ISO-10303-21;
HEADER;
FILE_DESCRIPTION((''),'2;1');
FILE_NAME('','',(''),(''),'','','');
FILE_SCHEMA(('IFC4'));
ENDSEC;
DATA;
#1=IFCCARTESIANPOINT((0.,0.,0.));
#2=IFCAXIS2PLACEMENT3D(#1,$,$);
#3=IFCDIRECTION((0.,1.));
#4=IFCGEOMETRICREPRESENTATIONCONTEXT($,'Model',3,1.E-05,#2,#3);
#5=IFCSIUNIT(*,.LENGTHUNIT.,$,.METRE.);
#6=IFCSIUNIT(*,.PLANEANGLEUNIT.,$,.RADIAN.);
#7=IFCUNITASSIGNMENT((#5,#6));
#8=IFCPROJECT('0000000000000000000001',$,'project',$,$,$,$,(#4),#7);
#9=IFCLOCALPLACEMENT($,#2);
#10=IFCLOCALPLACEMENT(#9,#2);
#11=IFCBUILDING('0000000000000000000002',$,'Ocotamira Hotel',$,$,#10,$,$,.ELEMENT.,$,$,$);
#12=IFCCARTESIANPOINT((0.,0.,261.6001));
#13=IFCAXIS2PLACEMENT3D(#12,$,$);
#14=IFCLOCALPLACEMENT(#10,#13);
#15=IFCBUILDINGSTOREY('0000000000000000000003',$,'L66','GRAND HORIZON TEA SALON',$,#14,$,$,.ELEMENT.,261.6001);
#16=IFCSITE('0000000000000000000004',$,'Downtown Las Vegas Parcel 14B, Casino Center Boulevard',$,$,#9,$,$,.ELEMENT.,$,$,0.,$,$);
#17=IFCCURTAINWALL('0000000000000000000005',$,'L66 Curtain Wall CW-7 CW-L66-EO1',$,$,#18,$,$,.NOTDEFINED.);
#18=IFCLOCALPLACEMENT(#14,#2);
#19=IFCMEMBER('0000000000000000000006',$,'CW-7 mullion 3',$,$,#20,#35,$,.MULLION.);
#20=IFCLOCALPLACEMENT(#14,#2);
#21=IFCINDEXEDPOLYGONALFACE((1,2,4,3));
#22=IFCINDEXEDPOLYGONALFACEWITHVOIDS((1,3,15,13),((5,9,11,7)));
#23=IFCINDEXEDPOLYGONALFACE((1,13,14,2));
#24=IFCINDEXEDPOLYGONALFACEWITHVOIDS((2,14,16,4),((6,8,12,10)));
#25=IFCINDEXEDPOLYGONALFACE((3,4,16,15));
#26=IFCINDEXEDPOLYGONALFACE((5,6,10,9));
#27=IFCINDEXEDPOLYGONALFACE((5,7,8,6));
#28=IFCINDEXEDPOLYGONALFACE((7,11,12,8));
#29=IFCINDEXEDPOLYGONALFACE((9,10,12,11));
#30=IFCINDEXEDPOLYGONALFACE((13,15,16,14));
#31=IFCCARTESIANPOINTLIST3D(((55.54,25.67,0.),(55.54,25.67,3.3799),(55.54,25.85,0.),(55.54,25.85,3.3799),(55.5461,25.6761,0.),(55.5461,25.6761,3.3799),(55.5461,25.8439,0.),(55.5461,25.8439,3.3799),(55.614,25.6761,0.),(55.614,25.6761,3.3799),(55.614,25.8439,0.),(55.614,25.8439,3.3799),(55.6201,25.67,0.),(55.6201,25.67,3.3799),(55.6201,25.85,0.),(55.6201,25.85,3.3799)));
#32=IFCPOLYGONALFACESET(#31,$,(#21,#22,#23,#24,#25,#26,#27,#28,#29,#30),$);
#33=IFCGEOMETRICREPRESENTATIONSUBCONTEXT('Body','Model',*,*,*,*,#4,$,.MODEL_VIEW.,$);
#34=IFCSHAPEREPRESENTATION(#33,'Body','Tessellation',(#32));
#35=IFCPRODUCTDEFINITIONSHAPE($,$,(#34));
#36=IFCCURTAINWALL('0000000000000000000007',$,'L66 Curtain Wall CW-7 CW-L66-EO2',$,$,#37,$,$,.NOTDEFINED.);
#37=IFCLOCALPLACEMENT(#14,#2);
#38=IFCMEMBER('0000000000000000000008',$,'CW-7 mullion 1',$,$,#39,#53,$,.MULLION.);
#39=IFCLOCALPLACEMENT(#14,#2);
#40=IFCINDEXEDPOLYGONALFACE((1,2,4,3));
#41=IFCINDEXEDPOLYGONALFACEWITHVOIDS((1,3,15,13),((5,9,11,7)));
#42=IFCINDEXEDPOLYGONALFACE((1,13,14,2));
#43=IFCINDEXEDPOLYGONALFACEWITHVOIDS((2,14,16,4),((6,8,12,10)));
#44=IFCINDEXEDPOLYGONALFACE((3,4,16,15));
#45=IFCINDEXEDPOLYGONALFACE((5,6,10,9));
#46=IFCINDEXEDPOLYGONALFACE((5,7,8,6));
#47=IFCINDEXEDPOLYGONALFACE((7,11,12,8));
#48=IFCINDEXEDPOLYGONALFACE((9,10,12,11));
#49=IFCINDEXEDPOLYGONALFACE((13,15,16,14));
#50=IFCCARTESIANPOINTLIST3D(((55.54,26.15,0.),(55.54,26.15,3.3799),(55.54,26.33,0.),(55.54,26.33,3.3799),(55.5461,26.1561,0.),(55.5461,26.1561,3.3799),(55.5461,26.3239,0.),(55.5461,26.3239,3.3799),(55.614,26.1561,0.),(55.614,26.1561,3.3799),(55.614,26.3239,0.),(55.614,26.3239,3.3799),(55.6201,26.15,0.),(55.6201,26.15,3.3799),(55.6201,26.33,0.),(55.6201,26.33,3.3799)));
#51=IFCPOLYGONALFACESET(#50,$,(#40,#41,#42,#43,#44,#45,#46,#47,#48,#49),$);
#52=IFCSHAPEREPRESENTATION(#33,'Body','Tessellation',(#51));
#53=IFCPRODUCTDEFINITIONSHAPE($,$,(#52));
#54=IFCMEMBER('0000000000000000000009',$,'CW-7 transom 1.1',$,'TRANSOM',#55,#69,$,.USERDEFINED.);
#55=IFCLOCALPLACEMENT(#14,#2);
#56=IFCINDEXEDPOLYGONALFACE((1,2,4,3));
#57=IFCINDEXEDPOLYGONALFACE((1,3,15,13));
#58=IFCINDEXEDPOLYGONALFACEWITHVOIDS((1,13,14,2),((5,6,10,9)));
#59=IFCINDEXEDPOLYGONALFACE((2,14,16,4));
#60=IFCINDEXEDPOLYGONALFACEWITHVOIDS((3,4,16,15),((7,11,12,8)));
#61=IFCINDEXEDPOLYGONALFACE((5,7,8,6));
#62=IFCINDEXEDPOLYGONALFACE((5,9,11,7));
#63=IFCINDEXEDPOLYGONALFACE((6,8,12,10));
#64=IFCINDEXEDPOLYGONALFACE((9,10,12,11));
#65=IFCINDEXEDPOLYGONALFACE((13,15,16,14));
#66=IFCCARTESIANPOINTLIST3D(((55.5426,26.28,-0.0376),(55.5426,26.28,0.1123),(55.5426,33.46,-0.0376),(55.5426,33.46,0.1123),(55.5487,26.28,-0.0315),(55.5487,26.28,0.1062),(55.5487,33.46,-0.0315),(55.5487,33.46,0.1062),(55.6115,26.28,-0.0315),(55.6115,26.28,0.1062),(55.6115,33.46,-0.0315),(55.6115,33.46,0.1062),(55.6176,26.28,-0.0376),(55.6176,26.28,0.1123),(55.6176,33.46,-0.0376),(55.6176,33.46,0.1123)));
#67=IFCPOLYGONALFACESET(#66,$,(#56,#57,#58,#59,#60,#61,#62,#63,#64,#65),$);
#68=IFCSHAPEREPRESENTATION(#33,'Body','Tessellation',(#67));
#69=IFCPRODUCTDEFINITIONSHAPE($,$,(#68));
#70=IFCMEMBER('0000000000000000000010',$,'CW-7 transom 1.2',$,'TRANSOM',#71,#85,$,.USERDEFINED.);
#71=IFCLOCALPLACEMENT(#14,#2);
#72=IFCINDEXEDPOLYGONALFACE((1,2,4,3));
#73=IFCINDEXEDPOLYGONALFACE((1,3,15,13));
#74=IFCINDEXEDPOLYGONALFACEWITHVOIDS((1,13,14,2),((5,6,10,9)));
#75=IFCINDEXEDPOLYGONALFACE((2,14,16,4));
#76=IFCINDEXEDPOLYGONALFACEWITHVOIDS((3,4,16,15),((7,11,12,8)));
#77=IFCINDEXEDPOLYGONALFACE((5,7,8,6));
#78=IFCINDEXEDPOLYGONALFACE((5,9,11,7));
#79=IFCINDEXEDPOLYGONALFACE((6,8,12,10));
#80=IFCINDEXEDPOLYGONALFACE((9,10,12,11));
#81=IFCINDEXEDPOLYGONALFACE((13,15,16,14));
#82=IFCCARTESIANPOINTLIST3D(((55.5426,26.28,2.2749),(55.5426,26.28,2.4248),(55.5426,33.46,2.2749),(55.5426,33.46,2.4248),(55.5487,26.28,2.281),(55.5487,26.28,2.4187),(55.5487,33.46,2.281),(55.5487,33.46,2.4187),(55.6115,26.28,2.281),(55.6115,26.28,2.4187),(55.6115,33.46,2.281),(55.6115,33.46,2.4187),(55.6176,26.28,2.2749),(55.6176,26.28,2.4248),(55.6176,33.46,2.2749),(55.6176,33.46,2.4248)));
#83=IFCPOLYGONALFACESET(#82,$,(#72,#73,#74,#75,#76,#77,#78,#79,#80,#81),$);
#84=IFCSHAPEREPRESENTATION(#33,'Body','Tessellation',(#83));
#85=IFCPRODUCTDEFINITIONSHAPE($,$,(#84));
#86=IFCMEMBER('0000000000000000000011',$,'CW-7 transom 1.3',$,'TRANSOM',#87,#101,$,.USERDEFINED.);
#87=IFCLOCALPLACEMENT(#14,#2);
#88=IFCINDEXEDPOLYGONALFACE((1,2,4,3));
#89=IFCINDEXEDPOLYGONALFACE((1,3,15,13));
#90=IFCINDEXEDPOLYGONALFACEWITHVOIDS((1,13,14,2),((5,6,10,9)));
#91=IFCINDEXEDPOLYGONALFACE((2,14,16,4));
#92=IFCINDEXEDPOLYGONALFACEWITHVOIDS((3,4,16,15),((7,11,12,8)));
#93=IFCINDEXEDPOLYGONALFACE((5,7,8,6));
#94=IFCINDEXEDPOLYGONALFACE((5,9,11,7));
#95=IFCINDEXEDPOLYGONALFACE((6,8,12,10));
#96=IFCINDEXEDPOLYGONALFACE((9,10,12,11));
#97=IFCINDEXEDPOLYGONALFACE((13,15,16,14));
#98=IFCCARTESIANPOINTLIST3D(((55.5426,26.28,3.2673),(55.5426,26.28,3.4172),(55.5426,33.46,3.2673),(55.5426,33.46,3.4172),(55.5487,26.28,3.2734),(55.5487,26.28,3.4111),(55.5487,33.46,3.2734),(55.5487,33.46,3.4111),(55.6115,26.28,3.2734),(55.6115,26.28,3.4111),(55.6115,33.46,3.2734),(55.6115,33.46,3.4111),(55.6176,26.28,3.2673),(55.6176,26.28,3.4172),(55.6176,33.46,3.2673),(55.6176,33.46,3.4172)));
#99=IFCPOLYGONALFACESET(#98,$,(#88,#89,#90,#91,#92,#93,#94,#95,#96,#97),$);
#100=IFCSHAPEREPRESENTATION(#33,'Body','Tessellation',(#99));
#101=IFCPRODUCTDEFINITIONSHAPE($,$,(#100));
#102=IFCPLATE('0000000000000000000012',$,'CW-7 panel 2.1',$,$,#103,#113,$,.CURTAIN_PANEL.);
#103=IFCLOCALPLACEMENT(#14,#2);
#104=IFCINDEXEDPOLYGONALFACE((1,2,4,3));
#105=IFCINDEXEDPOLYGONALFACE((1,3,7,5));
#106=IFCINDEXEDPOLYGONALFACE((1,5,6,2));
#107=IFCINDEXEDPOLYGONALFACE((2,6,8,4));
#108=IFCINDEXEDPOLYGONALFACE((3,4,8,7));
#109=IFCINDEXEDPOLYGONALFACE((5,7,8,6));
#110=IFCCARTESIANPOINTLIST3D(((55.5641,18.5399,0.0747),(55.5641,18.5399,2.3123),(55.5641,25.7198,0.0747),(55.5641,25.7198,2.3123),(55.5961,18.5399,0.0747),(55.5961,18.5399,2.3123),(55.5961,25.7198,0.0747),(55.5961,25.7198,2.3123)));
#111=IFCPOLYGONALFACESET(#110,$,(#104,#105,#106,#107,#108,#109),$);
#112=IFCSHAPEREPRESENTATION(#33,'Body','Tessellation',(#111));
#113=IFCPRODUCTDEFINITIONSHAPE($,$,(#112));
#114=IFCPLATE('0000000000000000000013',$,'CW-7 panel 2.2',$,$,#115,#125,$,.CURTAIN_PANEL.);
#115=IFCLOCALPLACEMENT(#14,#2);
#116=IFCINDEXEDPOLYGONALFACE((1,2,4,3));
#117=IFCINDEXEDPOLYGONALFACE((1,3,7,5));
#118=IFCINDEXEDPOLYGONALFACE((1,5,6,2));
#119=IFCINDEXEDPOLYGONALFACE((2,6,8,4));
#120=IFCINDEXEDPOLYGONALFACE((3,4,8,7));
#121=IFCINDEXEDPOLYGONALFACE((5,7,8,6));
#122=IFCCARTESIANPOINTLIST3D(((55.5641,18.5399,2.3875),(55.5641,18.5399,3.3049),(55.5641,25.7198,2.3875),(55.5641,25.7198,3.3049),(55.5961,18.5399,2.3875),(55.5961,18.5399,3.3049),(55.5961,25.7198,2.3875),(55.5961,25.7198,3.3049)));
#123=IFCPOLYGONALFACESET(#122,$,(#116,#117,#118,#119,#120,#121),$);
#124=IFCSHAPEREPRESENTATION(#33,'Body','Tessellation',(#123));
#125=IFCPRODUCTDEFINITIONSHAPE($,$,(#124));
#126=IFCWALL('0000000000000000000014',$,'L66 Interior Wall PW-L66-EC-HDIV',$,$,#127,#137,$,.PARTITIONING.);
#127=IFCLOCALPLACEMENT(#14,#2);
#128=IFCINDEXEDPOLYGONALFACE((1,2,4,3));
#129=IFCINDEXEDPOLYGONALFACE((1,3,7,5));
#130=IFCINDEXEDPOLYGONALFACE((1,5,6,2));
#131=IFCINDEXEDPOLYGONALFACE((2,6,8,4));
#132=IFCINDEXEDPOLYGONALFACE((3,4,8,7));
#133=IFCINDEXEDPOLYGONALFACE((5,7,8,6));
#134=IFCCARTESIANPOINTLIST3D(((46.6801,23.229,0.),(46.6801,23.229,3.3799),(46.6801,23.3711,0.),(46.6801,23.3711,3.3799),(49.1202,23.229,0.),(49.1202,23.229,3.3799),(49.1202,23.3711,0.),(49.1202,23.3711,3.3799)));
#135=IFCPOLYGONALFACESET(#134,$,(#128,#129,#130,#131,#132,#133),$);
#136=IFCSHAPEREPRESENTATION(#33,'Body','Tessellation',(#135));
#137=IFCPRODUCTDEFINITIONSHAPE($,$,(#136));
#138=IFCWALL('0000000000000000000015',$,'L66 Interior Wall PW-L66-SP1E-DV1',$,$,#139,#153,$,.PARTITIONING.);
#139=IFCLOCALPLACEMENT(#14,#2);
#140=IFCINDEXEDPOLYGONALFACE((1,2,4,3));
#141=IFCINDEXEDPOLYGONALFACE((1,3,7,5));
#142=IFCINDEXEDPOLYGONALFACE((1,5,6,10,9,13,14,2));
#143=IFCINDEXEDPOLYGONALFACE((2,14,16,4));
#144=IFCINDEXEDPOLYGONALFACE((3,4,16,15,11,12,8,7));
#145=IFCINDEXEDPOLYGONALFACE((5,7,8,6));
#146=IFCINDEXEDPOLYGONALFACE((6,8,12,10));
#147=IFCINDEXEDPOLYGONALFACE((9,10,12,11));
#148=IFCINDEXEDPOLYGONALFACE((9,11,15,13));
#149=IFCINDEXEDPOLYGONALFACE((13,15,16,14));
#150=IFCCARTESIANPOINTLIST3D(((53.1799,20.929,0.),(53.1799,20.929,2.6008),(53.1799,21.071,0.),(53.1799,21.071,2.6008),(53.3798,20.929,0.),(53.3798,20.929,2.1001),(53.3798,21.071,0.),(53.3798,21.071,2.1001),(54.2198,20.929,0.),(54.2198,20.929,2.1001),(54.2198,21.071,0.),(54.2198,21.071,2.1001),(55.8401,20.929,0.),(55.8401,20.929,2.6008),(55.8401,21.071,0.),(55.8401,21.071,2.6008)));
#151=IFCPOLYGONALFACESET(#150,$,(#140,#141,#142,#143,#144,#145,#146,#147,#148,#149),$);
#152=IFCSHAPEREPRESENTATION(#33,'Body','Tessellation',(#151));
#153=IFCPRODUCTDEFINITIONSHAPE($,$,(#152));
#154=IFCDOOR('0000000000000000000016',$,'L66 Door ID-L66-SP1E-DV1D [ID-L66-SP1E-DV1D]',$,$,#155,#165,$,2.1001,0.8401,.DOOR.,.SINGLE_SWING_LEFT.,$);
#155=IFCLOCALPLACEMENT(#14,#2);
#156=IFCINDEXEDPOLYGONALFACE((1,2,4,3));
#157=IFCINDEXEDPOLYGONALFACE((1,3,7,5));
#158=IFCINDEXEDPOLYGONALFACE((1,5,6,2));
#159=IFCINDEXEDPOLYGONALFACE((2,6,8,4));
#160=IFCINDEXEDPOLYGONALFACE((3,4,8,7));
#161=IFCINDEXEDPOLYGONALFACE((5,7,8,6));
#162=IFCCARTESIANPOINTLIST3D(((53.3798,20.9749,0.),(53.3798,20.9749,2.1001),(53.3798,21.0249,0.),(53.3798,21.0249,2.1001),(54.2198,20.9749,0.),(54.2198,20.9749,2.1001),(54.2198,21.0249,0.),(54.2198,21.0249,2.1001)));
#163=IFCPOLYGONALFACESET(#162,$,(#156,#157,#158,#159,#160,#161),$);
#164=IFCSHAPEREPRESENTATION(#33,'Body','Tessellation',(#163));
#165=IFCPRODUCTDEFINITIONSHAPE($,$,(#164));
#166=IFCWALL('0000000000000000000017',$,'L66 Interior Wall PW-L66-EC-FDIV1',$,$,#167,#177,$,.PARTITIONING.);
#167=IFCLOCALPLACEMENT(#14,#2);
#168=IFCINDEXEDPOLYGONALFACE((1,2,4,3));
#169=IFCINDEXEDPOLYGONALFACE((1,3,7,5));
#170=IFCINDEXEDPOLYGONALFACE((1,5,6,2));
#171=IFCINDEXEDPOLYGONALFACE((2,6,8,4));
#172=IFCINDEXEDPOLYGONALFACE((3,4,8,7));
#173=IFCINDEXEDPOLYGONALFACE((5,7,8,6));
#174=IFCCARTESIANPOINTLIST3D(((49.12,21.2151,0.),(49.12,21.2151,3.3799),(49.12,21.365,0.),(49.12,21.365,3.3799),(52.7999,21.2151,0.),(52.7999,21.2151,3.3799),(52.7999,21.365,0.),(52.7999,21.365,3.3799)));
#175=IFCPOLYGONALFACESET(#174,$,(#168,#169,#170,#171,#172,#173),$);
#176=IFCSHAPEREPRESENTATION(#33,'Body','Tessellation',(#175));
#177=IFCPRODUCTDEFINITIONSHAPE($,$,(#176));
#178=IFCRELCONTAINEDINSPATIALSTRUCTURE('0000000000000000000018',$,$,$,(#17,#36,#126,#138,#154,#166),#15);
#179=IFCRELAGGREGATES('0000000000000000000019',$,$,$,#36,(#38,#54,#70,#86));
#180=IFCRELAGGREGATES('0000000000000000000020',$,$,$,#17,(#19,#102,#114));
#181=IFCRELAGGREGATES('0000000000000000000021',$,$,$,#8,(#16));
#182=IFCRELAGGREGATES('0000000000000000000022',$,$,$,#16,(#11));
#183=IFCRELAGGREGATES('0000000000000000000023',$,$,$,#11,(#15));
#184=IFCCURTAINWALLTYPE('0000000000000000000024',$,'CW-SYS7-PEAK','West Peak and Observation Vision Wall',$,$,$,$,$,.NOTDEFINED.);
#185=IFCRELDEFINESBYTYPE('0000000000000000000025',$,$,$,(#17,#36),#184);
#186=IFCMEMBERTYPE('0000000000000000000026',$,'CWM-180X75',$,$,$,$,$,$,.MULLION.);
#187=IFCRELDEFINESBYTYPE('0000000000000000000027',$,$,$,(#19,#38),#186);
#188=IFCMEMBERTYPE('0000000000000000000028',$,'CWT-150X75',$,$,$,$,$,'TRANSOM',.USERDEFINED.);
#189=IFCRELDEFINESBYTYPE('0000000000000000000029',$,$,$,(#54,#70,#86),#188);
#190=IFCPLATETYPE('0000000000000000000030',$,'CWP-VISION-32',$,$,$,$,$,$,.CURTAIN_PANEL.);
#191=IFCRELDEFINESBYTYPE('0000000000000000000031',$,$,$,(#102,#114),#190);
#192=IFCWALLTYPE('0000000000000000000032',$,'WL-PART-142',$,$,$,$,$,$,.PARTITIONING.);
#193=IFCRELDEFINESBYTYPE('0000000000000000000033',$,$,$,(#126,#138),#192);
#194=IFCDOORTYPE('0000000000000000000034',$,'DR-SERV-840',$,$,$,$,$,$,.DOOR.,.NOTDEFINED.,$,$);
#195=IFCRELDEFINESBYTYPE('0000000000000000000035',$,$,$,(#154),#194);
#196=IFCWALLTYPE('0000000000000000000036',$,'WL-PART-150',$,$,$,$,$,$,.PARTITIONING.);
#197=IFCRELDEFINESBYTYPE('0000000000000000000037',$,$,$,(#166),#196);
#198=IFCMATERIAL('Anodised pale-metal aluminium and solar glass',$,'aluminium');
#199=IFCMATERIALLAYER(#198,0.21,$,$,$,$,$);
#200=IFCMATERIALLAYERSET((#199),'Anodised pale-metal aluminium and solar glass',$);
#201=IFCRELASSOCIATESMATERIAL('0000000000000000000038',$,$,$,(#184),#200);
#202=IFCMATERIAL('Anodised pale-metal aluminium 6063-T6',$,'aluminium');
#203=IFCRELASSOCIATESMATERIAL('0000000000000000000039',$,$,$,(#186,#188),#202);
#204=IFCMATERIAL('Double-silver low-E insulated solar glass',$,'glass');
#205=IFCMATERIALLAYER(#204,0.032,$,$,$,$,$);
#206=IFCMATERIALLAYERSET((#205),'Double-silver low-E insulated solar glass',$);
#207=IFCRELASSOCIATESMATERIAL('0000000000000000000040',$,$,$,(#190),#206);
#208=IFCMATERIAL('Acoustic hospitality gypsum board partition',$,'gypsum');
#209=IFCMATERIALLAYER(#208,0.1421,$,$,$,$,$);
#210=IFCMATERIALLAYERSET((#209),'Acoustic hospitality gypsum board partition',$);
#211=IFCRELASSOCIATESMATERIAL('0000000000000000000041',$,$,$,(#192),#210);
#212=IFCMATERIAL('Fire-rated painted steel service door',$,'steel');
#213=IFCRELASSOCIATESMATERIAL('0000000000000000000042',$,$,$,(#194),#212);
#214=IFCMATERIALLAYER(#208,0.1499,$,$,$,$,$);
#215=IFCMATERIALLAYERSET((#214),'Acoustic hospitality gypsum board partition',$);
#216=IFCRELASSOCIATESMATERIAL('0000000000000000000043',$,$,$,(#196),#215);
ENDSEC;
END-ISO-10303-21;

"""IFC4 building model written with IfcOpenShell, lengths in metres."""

from ifc_helpers import new_model, si_unit, direction, frame, frame_2d, origin, origin_2d, place, context, subcontext, project, spatial, rectangle, hollow_rectangle, extrude, source, transform, mapped, material, layer, layer_set, material_profile, profile_set, type_object, element, fill, aggregate, save


model = new_model("IFC4")

# Units and contexts
model_context = context("Model", 3, precision=1e-05, world=origin(), true_north=direction((0.0, 1.0)))
body_context = subcontext(model_context, "Body", "Model", "MODEL_VIEW")
ifc_project = project(units=[si_unit("LENGTHUNIT", "METRE"), si_unit("PLANEANGLEUNIT", "RADIAN")], contexts=[model_context])

# Site, building, storey
site_placement = place(None, origin())
site = spatial("IfcSite", under=ifc_project, at=site_placement, Name="Downtown Las Vegas Parcel 14B, Casino Center Boulevard", CompositionType="ELEMENT", RefElevation=0.0)
building_placement = place(site_placement, origin())
building = spatial("IfcBuilding", under=site, at=building_placement, Name="Ocotamira Hotel", CompositionType="ELEMENT")
storey_placement = place(building_placement, frame((0.0, 0.0, 261.6001)))
storey = spatial("IfcBuildingStorey", under=building, at=storey_placement, Name="L66", Description="GRAND HORIZON TEA SALON", CompositionType="ELEMENT", Elevation=261.6001)

# Curtain wall, member
ifc_material_1 = material(Name="Anodised pale-metal aluminium and solar glass", Category="aluminium")
ifc_layer_1 = layer(ifc_material_1, 0.21)
ifc_layer_set_1 = layer_set([ifc_layer_1], Name="Anodised pale-metal aluminium and solar glass")
curtain_wall_type = type_object("IfcCurtainWallType", Name="CW-SYS7-PEAK", Description="West Peak and Observation Vision Wall", PredefinedType="NOTDEFINED", material=ifc_layer_set_1)
curtain_wall_1_placement = place(storey_placement, origin())
curtain_wall_1 = element("IfcCurtainWall", 1, at=curtain_wall_1_placement, inside=storey, type_object=curtain_wall_type, Name="L66 Curtain Wall CW-7 CW-L66-EO1", PredefinedType="NOTDEFINED")
ifc_material_2 = material(Name="Anodised pale-metal aluminium 6063-T6", Category="aluminium")
ifc_material_profile_1 = material_profile(ifc_material_2, hollow_rectangle(XDim=0.0801, YDim=0.1799, WallThickness=0.0061, at=origin_2d()), Name="HSS180X80X6")
ifc_profile_set_1 = profile_set([ifc_material_profile_1], Name="Anodised pale-metal aluminium 6063-T6")
member_type_1 = type_object("IfcMemberType", Name="CWM-180X75", PredefinedType="MULLION", material=ifc_profile_set_1)
shared_shape_1 = source(origin(), body_context, "Body", "SweptSolid", [
    extrude(hollow_rectangle(XDim=0.0801, YDim=0.1799, WallThickness=0.0061, at=origin_2d()), origin(), (0.0, 0.0, 1.0), 3.3799),
])
member_1_placement = place(storey_placement, frame((55.5801, 25.76, 0.0), z_axis=(0.0, 0.0, 1.0), x_axis=(-1.0, 0.0, 0.0)))
member_1 = element("IfcMember", 2, at=member_1_placement, type_object=member_type_1, Name="CW-7 mullion 3", PredefinedType="MULLION", context=body_context, shape_type="MappedRepresentation", body=[
    mapped(shared_shape_1, transform((0.0, 0.0, 0.0), scale=1.0)),
])

# Curtain wall, members
curtain_wall_2_placement = place(storey_placement, origin())
curtain_wall_2 = element("IfcCurtainWall", 3, at=curtain_wall_2_placement, inside=storey, type_object=curtain_wall_type, Name="L66 Curtain Wall CW-7 CW-L66-EO2", PredefinedType="NOTDEFINED")
member_2_placement = place(storey_placement, frame((55.5801, 26.24, 0.0), z_axis=(0.0, 0.0, 1.0), x_axis=(-1.0, 0.0, 0.0)))
member_2 = element("IfcMember", 4, at=member_2_placement, type_object=member_type_1, Name="CW-7 mullion 1", PredefinedType="MULLION", context=body_context, shape_type="MappedRepresentation", body=[
    mapped(shared_shape_1, transform((0.0, 0.0, 0.0), scale=1.0)),
])
ifc_material_profile_2 = material_profile(ifc_material_2, hollow_rectangle(XDim=0.075, YDim=0.1499, WallThickness=0.0061, at=origin_2d()), Name="HSS150X75X6")
ifc_profile_set_2 = profile_set([ifc_material_profile_2], Name="Anodised pale-metal aluminium 6063-T6")
member_type_2 = type_object("IfcMemberType", Name="CWT-150X75", ElementType="TRANSOM", PredefinedType="USERDEFINED", material=ifc_profile_set_2)
shared_shape_2 = source(origin(), body_context, "Body", "SweptSolid", [
    extrude(hollow_rectangle(XDim=0.075, YDim=0.1499, WallThickness=0.0061, at=origin_2d()), origin(), (0.0, 0.0, 1.0), 7.1799),
])
member_3_placement = place(storey_placement, frame((55.5801, 26.28, 0.0374), z_axis=(0.0, 1.0, 0.0), x_axis=(-1.0, 0.0, 0.0)))
member_3 = element("IfcMember", 5, at=member_3_placement, type_object=member_type_2, Name="CW-7 transom 1.1", ObjectType="TRANSOM", PredefinedType="USERDEFINED", context=body_context, shape_type="MappedRepresentation", body=[
    mapped(shared_shape_2, transform((0.0, 0.0, 0.0), scale=1.0)),
])
member_4_placement = place(storey_placement, frame((55.5801, 26.28, 2.3499), z_axis=(0.0, 1.0, 0.0), x_axis=(-1.0, 0.0, 0.0)))
member_4 = element("IfcMember", 6, at=member_4_placement, type_object=member_type_2, Name="CW-7 transom 1.2", ObjectType="TRANSOM", PredefinedType="USERDEFINED", context=body_context, shape_type="MappedRepresentation", body=[
    mapped(shared_shape_2, transform((0.0, 0.0, 0.0), scale=1.0)),
])
member_5_placement = place(storey_placement, frame((55.5801, 26.28, 3.3423), z_axis=(0.0, 1.0, 0.0), x_axis=(-1.0, 0.0, 0.0)))
member_5 = element("IfcMember", 7, at=member_5_placement, type_object=member_type_2, Name="CW-7 transom 1.3", ObjectType="TRANSOM", PredefinedType="USERDEFINED", context=body_context, shape_type="MappedRepresentation", body=[
    mapped(shared_shape_2, transform((0.0, 0.0, 0.0), scale=1.0)),
])
aggregate(curtain_wall_2, [member_2, member_3, member_4, member_5])

# Plates
ifc_material_3 = material(Name="Double-silver low-E insulated solar glass", Category="glass")
ifc_layer_2 = layer(ifc_material_3, 0.032)
ifc_layer_set_2 = layer_set([ifc_layer_2], Name="Double-silver low-E insulated solar glass")
plate_type = type_object("IfcPlateType", Name="CWP-VISION-32", PredefinedType="CURTAIN_PANEL", material=ifc_layer_set_2)
shared_shape_3 = source(origin(), body_context, "Body", "SweptSolid", [
    extrude(rectangle(XDim=7.1799, YDim=0.032, at=origin_2d()), origin(), (0.0, 0.0, 1.0), 2.2375),
])
plate_1_placement = place(storey_placement, frame((55.5801, 22.1299, 0.0747), z_axis=(0.0, 0.0, 1.0), x_axis=(0.0, 1.0, 0.0)))
plate_1 = element("IfcPlate", 8, at=plate_1_placement, type_object=plate_type, Name="CW-7 panel 2.1", PredefinedType="CURTAIN_PANEL", context=body_context, shape_type="MappedRepresentation", body=[
    mapped(shared_shape_3, transform((0.0, 0.0, 0.0), scale=1.0)),
])
shared_shape_4 = source(origin(), body_context, "Body", "SweptSolid", [
    extrude(rectangle(XDim=7.1799, YDim=0.032, at=origin_2d()), origin(), (0.0, 0.0, 1.0), 0.9175),
])
plate_2_placement = place(storey_placement, frame((55.5801, 22.1299, 2.3875), z_axis=(0.0, 0.0, 1.0), x_axis=(0.0, 1.0, 0.0)))
plate_2 = element("IfcPlate", 9, at=plate_2_placement, type_object=plate_type, Name="CW-7 panel 2.2", PredefinedType="CURTAIN_PANEL", context=body_context, shape_type="MappedRepresentation", body=[
    mapped(shared_shape_4, transform((0.0, 0.0, 0.0), scale=1.0)),
])
aggregate(curtain_wall_1, [member_1, plate_1, plate_2])

# Wall
ifc_material_4 = material(Name="Acoustic hospitality gypsum board partition", Category="gypsum")
ifc_layer_3 = layer(ifc_material_4, 0.1421)
ifc_layer_set_3 = layer_set([ifc_layer_3], Name="Acoustic hospitality gypsum board partition")
wall_type_1 = type_object("IfcWallType", Name="WL-PART-142", PredefinedType="PARTITIONING", material=ifc_layer_set_3)
wall_1_placement = place(storey_placement, frame((46.6799, 23.3, 0.0), z_axis=(0.0, 0.0, 1.0), x_axis=(1.0, 0.0, 0.0)))
element("IfcWall", 10, at=wall_1_placement, inside=storey, type_object=wall_type_1, Name="L66 Interior Wall PW-L66-EC-HDIV", PredefinedType="PARTITIONING", context=body_context, shape_type="SweptSolid", body=[
    extrude(rectangle(XDim=2.4402, YDim=0.1421, at=frame_2d((1.2202, 0.0))), origin(), (0.0, 0.0, 1.0), 3.3799),
])

# Wall, opening, door
wall_2_placement = place(storey_placement, frame((53.1799, 21.0, 0.0), z_axis=(0.0, 0.0, 1.0), x_axis=(1.0, 0.0, 0.0)))
wall_2 = element("IfcWall", 11, at=wall_2_placement, inside=storey, type_object=wall_type_1, Name="L66 Interior Wall PW-L66-SP1E-DV1", PredefinedType="PARTITIONING", context=body_context, shape_type="SweptSolid", body=[
    extrude(rectangle(XDim=2.6602, YDim=0.1421, at=frame_2d((1.3301, 0.0))), origin(), (0.0, 0.0, 1.0), 2.6008),
])
opening_placement = place(wall_2_placement, frame((0.2, 0.0, 0.0)))
opening = element("IfcOpeningElement", 12, at=opening_placement, cuts=wall_2, PredefinedType="OPENING", context=body_context, shape_type="SweptSolid", body=[
    extrude(rectangle(XDim=0.8401, YDim=2.1001, at=frame_2d((0.4199, 1.05))), frame((0.0, 0.0811, 0.0), z_axis=(0.0, -1.0, 0.0), x_axis=(1.0, 0.0, 0.0)), (0.0, 0.0, 1.0), 0.1621),
])
ifc_material_5 = material(Name="Fire-rated painted steel service door", Category="steel")
door_type = type_object("IfcDoorType", Name="DR-SERV-840", OperationType="NOTDEFINED", PredefinedType="DOOR", material=ifc_material_5)
shared_shape_5 = source(origin(), body_context, "Body", "SweptSolid", [
    extrude(rectangle(XDim=0.8401, YDim=2.1001, at=frame_2d((0.4199, 1.05))), frame((0.0, 0.0249, 0.0), z_axis=(0.0, -1.0, 0.0), x_axis=(1.0, 0.0, 0.0)), (0.0, 0.0, 1.0), 0.05),
])
door_placement = place(opening_placement, origin())
door = element("IfcDoor", 13, at=door_placement, inside=storey, type_object=door_type, Name="L66 Door ID-L66-SP1E-DV1D [ID-L66-SP1E-DV1D]", OperationType="SINGLE_SWING_LEFT", OverallHeight=2.1001, OverallWidth=0.8401, PredefinedType="DOOR", context=body_context, shape_type="MappedRepresentation", body=[
    mapped(shared_shape_5, transform((0.0, 0.0, 0.0), scale=1.0)),
])
fill(opening, door)

# Wall
ifc_layer_4 = layer(ifc_material_4, 0.1499)
ifc_layer_set_4 = layer_set([ifc_layer_4], Name="Acoustic hospitality gypsum board partition")
wall_type_2 = type_object("IfcWallType", Name="WL-PART-150", PredefinedType="PARTITIONING", material=ifc_layer_set_4)
for number, where, z_axis, x_axis, name in (
    (14, (49.1201, 21.29, 0.0), (0.0, 0.0, 1.0), (1.0, 0.0, 0.0), "L66 Interior Wall PW-L66-EC-FDIV1"),
):
    element("IfcWall", number, at=place(storey_placement, frame(where, z_axis=z_axis, x_axis=x_axis)), inside=storey, type_object=wall_type_2, Name=name, PredefinedType="PARTITIONING", context=body_context, shape_type="SweptSolid", body=[
        extrude(rectangle(XDim=3.6799, YDim=0.1499, at=frame_2d((1.8398, 0.0))), origin(), (0.0, 0.0, 1.0), 3.3799),
    ])

save(model, "model.ifc")
